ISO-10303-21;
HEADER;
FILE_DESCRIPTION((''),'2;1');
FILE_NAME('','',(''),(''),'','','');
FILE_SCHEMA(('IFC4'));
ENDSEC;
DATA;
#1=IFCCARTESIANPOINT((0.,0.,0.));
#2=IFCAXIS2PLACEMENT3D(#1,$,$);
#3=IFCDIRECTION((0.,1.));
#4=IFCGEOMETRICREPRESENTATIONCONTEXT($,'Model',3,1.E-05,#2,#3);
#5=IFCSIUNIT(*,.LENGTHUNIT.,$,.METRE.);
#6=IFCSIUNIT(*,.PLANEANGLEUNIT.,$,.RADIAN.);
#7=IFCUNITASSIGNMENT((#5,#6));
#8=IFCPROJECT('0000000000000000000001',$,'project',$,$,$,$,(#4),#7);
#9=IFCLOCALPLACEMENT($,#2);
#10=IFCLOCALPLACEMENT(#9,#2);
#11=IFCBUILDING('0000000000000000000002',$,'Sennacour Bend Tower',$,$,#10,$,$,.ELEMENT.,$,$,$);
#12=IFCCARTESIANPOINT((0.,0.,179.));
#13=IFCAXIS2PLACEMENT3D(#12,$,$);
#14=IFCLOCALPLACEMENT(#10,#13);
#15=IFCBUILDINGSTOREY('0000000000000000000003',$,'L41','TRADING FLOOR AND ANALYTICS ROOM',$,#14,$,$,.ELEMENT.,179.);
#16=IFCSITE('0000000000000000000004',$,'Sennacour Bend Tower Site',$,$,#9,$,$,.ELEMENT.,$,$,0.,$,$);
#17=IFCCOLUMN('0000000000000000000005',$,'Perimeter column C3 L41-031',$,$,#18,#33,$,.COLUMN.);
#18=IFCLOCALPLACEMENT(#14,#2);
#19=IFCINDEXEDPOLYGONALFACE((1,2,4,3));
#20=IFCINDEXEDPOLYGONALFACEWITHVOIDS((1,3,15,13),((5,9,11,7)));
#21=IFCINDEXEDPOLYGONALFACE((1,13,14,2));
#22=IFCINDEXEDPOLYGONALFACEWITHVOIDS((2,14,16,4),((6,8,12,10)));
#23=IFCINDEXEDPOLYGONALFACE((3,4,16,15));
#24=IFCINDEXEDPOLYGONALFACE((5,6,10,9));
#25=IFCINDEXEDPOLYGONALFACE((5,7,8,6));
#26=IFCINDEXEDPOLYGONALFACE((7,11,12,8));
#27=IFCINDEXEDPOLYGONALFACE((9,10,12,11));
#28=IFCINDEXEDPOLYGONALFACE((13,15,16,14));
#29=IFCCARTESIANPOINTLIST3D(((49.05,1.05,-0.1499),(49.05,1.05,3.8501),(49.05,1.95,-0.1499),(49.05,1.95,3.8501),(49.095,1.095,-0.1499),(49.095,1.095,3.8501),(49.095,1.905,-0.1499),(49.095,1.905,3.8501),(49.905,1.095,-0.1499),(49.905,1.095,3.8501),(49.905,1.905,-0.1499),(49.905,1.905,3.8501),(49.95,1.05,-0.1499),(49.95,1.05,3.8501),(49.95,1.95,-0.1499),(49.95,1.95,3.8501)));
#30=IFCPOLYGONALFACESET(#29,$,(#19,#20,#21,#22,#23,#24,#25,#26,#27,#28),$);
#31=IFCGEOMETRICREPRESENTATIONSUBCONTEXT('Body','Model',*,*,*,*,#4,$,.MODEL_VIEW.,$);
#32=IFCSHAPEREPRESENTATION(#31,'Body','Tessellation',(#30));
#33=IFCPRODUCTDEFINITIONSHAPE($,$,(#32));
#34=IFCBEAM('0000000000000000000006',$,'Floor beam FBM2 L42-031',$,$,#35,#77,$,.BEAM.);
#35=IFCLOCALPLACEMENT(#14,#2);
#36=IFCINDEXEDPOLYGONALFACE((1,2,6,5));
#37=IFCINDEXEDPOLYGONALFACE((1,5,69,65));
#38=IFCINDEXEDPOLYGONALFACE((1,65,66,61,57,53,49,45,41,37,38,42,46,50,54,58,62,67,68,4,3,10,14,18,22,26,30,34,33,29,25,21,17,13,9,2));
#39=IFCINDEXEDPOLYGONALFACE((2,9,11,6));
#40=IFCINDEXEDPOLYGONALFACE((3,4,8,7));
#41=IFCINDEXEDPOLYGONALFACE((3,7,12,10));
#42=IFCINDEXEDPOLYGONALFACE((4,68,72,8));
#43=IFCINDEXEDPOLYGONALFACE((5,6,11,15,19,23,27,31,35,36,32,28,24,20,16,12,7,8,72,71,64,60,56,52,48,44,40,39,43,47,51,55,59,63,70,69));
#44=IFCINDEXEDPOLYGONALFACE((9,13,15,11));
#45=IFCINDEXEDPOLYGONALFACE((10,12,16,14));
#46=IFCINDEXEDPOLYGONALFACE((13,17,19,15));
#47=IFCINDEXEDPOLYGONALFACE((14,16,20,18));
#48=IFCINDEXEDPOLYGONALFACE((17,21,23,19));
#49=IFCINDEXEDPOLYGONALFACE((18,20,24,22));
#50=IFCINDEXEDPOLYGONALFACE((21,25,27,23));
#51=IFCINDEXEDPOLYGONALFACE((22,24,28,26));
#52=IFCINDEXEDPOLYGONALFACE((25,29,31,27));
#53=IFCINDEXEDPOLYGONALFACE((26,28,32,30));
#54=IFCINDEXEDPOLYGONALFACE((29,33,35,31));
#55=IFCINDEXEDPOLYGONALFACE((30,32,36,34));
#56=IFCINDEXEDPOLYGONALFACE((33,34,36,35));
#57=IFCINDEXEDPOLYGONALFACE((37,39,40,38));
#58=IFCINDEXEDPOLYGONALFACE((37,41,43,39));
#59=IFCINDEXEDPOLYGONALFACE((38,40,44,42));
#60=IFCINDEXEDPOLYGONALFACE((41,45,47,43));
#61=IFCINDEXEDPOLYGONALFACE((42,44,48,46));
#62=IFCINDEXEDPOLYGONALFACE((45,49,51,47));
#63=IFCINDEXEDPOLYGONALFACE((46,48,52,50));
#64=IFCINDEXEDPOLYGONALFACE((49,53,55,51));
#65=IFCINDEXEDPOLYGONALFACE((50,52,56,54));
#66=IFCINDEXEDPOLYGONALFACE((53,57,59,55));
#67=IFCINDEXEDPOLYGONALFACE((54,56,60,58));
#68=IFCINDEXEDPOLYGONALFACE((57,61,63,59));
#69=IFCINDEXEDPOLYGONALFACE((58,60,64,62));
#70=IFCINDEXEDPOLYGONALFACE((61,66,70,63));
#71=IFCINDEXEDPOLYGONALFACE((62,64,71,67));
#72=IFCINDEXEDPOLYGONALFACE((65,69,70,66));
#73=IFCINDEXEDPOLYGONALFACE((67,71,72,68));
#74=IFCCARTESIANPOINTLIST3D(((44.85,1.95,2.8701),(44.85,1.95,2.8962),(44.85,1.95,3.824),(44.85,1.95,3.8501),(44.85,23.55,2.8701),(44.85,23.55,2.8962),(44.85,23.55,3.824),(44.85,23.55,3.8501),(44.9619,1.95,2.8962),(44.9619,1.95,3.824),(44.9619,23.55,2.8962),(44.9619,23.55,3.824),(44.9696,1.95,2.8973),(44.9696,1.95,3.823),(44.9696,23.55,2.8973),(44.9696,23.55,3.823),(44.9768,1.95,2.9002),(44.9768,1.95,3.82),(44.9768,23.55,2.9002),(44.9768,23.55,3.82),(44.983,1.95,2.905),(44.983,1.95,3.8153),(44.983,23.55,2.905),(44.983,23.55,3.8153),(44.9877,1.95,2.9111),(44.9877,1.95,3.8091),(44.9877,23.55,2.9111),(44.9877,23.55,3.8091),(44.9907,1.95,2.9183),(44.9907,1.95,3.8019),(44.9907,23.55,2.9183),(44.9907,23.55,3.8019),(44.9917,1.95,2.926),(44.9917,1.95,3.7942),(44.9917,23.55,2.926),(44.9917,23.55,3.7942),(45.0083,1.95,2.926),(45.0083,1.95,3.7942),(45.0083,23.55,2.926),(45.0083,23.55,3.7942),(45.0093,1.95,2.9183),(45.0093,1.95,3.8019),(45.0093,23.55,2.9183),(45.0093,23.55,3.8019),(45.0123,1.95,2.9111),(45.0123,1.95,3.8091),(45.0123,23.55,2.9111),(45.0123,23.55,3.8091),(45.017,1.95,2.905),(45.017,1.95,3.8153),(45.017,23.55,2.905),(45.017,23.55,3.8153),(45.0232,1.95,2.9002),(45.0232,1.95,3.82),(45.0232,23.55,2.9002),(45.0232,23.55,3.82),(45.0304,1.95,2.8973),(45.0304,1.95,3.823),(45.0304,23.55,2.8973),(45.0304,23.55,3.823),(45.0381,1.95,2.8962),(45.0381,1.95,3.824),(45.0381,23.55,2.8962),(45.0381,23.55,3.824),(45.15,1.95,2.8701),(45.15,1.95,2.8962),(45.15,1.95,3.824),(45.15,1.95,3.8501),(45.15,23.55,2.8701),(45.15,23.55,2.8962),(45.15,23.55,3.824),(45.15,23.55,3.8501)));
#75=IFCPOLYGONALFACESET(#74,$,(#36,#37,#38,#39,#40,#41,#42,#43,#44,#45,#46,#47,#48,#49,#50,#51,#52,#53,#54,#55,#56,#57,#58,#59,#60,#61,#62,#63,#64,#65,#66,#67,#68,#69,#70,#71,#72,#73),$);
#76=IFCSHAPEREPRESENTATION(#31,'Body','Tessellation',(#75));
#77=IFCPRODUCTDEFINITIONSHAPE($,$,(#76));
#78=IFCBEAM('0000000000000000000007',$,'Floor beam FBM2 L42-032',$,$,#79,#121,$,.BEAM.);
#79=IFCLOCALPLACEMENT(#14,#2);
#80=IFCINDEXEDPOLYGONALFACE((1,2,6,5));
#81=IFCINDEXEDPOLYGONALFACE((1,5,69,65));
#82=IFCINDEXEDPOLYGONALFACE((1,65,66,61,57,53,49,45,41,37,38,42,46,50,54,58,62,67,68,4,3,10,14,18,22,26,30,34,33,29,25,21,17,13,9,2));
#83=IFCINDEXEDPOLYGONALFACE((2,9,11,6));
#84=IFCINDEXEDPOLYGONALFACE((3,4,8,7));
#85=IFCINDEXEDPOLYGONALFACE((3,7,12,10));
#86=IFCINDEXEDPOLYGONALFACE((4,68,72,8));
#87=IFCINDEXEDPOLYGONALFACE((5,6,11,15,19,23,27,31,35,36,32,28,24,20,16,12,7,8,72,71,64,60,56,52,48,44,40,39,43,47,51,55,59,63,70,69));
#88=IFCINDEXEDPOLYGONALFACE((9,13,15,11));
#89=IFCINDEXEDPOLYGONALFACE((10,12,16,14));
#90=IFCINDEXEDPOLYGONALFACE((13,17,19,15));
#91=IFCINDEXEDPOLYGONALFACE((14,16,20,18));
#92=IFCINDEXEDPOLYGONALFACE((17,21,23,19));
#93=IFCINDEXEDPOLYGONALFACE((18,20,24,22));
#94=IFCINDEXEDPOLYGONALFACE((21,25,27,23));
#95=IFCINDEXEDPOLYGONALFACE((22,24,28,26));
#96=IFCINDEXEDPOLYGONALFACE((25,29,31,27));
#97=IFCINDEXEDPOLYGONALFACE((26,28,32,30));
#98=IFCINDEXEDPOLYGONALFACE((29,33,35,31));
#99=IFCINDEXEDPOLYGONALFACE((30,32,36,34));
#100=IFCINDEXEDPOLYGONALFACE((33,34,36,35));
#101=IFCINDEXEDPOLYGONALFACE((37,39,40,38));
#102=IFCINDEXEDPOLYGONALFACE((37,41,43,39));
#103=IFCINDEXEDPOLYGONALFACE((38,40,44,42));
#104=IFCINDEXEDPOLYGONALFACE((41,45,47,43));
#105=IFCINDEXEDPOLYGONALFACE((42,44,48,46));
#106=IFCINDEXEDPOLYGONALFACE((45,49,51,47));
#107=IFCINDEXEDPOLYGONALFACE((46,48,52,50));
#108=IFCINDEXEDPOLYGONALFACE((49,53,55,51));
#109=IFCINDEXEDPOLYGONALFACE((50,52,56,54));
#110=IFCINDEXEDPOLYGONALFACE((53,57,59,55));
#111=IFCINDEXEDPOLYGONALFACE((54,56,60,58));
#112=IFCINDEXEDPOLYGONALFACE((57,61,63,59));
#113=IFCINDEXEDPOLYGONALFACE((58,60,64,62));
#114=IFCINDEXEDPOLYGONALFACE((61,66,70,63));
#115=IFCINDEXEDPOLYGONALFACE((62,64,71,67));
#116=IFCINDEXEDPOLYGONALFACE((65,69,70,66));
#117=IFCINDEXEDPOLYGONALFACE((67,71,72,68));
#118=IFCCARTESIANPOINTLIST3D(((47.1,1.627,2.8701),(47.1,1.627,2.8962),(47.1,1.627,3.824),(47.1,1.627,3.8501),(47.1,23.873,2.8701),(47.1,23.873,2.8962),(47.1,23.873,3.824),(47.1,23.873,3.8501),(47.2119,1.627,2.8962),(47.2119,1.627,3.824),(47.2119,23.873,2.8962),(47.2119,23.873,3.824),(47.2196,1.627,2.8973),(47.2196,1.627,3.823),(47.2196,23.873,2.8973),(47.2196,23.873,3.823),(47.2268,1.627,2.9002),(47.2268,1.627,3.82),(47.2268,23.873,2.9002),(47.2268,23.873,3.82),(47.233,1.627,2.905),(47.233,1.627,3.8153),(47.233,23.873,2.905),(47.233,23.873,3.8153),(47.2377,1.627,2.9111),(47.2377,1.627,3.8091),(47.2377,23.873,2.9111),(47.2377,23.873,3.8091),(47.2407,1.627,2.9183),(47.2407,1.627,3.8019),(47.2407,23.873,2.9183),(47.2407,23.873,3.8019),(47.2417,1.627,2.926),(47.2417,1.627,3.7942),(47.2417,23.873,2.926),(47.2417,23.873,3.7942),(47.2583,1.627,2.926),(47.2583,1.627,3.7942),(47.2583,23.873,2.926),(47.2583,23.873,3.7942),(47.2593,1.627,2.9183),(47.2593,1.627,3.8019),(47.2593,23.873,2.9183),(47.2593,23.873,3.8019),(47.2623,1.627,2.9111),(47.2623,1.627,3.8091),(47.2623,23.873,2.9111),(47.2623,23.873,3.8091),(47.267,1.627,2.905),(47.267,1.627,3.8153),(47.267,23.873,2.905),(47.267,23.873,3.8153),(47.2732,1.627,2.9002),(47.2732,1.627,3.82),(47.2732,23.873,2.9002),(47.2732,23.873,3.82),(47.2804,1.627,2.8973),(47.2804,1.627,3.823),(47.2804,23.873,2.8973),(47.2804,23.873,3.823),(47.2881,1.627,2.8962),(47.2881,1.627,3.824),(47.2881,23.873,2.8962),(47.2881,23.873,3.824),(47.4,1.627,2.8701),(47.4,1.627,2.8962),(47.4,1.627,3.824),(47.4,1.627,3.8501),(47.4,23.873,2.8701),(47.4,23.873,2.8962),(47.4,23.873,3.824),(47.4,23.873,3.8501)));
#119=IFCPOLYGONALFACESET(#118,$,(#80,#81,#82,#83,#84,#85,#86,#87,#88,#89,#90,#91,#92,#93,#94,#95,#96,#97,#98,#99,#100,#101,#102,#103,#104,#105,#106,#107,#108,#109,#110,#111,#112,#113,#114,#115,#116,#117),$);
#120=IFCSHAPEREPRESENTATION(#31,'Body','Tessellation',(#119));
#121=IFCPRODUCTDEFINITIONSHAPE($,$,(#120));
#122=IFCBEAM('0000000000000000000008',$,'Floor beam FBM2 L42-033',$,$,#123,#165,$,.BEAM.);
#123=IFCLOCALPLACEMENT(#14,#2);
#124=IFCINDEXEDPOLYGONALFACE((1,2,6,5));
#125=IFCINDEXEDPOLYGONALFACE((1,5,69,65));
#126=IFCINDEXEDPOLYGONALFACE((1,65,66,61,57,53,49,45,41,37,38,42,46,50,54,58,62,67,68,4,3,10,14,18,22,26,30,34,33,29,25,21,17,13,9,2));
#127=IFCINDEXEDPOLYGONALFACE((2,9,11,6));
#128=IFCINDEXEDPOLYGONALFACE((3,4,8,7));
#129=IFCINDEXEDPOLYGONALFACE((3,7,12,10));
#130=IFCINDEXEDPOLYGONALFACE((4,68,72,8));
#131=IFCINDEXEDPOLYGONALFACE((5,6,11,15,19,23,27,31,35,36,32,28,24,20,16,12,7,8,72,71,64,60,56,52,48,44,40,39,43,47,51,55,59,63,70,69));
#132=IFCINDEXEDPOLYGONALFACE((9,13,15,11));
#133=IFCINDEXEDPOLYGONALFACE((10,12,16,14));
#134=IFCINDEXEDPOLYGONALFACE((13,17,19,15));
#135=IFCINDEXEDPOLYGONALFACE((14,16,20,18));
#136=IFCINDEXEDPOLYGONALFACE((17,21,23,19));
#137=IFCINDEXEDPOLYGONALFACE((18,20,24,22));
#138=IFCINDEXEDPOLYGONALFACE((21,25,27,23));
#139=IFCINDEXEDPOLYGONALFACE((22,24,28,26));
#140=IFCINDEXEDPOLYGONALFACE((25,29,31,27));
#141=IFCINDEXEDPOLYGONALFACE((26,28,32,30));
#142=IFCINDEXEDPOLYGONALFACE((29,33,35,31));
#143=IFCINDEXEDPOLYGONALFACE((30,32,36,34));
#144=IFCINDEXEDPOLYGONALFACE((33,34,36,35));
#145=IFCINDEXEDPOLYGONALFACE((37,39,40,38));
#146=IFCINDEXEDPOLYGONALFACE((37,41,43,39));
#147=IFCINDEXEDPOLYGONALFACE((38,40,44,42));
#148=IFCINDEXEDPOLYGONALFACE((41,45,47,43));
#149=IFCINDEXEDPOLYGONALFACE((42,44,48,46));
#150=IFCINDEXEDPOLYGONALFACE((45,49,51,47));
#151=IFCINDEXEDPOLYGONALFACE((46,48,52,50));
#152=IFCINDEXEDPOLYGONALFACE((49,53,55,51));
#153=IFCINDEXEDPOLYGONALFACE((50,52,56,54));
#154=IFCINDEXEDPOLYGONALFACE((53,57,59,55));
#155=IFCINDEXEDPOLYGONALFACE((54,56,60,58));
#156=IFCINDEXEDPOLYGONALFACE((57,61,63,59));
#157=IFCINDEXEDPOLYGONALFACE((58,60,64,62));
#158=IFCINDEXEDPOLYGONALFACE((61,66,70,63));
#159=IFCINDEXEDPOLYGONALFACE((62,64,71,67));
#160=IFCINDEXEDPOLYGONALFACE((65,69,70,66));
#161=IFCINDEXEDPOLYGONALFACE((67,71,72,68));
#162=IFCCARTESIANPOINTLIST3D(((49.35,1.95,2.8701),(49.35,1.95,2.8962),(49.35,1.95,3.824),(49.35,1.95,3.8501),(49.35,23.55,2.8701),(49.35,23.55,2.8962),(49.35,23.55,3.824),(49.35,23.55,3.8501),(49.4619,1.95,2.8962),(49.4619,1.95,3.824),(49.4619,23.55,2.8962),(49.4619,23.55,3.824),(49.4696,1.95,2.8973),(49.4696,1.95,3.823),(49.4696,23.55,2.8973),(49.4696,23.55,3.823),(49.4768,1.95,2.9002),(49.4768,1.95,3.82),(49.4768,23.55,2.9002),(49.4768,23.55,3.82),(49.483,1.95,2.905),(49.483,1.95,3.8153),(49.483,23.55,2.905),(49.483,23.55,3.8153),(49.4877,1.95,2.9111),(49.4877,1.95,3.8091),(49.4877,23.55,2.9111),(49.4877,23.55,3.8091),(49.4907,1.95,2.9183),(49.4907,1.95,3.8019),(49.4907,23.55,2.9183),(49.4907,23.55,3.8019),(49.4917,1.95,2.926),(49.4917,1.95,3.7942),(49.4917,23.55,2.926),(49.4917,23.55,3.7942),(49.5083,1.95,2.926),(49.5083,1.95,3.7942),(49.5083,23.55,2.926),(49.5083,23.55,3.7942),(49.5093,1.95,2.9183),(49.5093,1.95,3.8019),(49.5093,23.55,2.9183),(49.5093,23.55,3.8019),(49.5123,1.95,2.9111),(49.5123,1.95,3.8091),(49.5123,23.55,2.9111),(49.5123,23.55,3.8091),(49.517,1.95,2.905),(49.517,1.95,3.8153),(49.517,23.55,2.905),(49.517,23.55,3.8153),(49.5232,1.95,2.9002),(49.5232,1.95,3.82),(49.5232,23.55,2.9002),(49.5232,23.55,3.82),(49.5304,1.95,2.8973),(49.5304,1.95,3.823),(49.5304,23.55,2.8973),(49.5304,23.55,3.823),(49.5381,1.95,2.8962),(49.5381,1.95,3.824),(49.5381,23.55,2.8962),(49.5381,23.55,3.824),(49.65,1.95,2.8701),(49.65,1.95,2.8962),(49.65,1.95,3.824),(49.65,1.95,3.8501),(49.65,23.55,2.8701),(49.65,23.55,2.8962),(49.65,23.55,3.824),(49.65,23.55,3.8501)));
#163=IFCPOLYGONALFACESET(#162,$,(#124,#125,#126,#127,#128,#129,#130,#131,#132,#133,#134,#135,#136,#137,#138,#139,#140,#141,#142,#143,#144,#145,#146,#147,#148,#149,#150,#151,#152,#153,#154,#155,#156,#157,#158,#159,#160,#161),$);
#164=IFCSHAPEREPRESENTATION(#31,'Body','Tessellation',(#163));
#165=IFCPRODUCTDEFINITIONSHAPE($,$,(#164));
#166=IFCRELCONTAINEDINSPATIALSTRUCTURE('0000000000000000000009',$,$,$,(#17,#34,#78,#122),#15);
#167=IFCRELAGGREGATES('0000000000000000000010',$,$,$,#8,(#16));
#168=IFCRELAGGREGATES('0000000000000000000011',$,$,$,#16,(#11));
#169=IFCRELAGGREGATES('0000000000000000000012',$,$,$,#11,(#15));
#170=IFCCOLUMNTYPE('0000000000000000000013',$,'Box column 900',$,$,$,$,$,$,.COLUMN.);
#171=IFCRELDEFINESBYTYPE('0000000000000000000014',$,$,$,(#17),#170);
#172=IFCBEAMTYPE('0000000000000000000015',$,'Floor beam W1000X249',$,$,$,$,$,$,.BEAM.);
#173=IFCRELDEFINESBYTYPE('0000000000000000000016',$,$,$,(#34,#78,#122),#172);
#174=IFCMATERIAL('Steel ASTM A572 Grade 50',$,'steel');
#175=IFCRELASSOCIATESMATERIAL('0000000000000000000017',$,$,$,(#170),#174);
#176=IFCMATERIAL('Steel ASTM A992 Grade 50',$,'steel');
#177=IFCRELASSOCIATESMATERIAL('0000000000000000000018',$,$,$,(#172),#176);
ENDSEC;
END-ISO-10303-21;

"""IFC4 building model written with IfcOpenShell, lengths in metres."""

from ifc_helpers import new_model, si_unit, direction, frame, origin, origin_2d, place, context, subcontext, project, spatial, hollow_rectangle, i_section, extrude, material, material_profile, profile_set, type_object, element, save


model = new_model("IFC4")

# Units and contexts
model_context = context("Model", 3, precision=1e-05, world=origin(), true_north=direction((0.0, 1.0)))
body_context = subcontext(model_context, "Body", "Model", "MODEL_VIEW")
ifc_project = project(units=[si_unit("LENGTHUNIT", "METRE"), si_unit("PLANEANGLEUNIT", "RADIAN")], contexts=[model_context])

# Site, building, storey
site_placement = place(None, origin())
site = spatial("IfcSite", under=ifc_project, at=site_placement, Name="Sennacour Bend Tower Site", CompositionType="ELEMENT", RefElevation=0.0)
building_placement = place(site_placement, origin())
building = spatial("IfcBuilding", under=site, at=building_placement, Name="Sennacour Bend Tower", CompositionType="ELEMENT")
storey_placement = place(building_placement, frame((0.0, 0.0, 179.0)))
storey = spatial("IfcBuildingStorey", under=building, at=storey_placement, Name="L41", Description="TRADING FLOOR AND ANALYTICS ROOM", CompositionType="ELEMENT", Elevation=179.0)

# Column
ifc_material_1 = material(Name="Steel ASTM A572 Grade 50", Category="steel")
ifc_material_profile_1 = material_profile(ifc_material_1, hollow_rectangle(XDim=0.8999, YDim=0.8999, WallThickness=0.0449, at=origin_2d()), Name="Steel ASTM A572 Grade 50", Category="steel")
ifc_profile_set_1 = profile_set([ifc_material_profile_1], Name="Steel ASTM A572 Grade 50")
column_type = type_object("IfcColumnType", Name="Box column 900", PredefinedType="COLUMN", material=ifc_profile_set_1)
column_placement = place(storey_placement, frame((49.5, 1.5, -0.1499), z_axis=(0.0, 0.0, 1.0), x_axis=(1.0, 0.0, 0.0)))
element("IfcColumn", 1, at=column_placement, inside=storey, type_object=column_type, Name="Perimeter column C3 L41-031", PredefinedType="COLUMN", context=body_context, shape_type="SweptSolid", body=[
    extrude(hollow_rectangle(XDim=0.8999, YDim=0.8999, WallThickness=0.0449, at=origin_2d()), origin(), (0.0, 0.0, 1.0), 4.0),
])

# Beams
ifc_material_2 = material(Name="Steel ASTM A992 Grade 50", Category="steel")
ifc_material_profile_2 = material_profile(ifc_material_2, i_section(OverallWidth=0.3, OverallDepth=0.98, WebThickness=0.0166, FlangeThickness=0.0261, FilletRadius=0.0298, at=origin_2d()), Name="Steel ASTM A992 Grade 50", Category="steel")
ifc_profile_set_2 = profile_set([ifc_material_profile_2], Name="Steel ASTM A992 Grade 50")
beam_type_1 = type_object("IfcBeamType", Name="Floor beam W1000X249", PredefinedType="BEAM", material=ifc_profile_set_2)
beam_1_placement = place(storey_placement, frame((45.0, 1.95, 3.3601), z_axis=(0.0, 1.0, 0.0), x_axis=(-1.0, 0.0, 0.0)))
element("IfcBeam", 2, at=beam_1_placement, inside=storey, type_object=beam_type_1, Name="Floor beam FBM2 L42-031", PredefinedType="BEAM", context=body_context, shape_type="SweptSolid", body=[
    extrude(i_section(OverallWidth=0.3, OverallDepth=0.98, WebThickness=0.0166, FlangeThickness=0.0261, FilletRadius=0.0298, at=origin_2d()), origin(), (0.0, 0.0, 1.0), 21.6001),
])
beam_2_placement = place(storey_placement, frame((47.25, 1.627, 3.3601), z_axis=(0.0, 1.0, 0.0), x_axis=(-1.0, 0.0, 0.0)))
element("IfcBeam", 3, at=beam_2_placement, inside=storey, type_object=beam_type_1, Name="Floor beam FBM2 L42-032", PredefinedType="BEAM", context=body_context, shape_type="SweptSolid", body=[
    extrude(i_section(OverallWidth=0.3, OverallDepth=0.98, WebThickness=0.0166, FlangeThickness=0.0261, FilletRadius=0.0298, at=origin_2d()), origin(), (0.0, 0.0, 1.0), 22.2461),
])
beam_3_placement = place(storey_placement, frame((49.5, 1.95, 3.3601), z_axis=(0.0, 1.0, 0.0), x_axis=(-1.0, 0.0, 0.0)))
element("IfcBeam", 4, at=beam_3_placement, inside=storey, type_object=beam_type_1, Name="Floor beam FBM2 L42-033", PredefinedType="BEAM", context=body_context, shape_type="SweptSolid", body=[
    extrude(i_section(OverallWidth=0.3, OverallDepth=0.98, WebThickness=0.0166, FlangeThickness=0.0261, FilletRadius=0.0298, at=origin_2d()), origin(), (0.0, 0.0, 1.0), 21.6001),
])

save(model, "model.ifc")
